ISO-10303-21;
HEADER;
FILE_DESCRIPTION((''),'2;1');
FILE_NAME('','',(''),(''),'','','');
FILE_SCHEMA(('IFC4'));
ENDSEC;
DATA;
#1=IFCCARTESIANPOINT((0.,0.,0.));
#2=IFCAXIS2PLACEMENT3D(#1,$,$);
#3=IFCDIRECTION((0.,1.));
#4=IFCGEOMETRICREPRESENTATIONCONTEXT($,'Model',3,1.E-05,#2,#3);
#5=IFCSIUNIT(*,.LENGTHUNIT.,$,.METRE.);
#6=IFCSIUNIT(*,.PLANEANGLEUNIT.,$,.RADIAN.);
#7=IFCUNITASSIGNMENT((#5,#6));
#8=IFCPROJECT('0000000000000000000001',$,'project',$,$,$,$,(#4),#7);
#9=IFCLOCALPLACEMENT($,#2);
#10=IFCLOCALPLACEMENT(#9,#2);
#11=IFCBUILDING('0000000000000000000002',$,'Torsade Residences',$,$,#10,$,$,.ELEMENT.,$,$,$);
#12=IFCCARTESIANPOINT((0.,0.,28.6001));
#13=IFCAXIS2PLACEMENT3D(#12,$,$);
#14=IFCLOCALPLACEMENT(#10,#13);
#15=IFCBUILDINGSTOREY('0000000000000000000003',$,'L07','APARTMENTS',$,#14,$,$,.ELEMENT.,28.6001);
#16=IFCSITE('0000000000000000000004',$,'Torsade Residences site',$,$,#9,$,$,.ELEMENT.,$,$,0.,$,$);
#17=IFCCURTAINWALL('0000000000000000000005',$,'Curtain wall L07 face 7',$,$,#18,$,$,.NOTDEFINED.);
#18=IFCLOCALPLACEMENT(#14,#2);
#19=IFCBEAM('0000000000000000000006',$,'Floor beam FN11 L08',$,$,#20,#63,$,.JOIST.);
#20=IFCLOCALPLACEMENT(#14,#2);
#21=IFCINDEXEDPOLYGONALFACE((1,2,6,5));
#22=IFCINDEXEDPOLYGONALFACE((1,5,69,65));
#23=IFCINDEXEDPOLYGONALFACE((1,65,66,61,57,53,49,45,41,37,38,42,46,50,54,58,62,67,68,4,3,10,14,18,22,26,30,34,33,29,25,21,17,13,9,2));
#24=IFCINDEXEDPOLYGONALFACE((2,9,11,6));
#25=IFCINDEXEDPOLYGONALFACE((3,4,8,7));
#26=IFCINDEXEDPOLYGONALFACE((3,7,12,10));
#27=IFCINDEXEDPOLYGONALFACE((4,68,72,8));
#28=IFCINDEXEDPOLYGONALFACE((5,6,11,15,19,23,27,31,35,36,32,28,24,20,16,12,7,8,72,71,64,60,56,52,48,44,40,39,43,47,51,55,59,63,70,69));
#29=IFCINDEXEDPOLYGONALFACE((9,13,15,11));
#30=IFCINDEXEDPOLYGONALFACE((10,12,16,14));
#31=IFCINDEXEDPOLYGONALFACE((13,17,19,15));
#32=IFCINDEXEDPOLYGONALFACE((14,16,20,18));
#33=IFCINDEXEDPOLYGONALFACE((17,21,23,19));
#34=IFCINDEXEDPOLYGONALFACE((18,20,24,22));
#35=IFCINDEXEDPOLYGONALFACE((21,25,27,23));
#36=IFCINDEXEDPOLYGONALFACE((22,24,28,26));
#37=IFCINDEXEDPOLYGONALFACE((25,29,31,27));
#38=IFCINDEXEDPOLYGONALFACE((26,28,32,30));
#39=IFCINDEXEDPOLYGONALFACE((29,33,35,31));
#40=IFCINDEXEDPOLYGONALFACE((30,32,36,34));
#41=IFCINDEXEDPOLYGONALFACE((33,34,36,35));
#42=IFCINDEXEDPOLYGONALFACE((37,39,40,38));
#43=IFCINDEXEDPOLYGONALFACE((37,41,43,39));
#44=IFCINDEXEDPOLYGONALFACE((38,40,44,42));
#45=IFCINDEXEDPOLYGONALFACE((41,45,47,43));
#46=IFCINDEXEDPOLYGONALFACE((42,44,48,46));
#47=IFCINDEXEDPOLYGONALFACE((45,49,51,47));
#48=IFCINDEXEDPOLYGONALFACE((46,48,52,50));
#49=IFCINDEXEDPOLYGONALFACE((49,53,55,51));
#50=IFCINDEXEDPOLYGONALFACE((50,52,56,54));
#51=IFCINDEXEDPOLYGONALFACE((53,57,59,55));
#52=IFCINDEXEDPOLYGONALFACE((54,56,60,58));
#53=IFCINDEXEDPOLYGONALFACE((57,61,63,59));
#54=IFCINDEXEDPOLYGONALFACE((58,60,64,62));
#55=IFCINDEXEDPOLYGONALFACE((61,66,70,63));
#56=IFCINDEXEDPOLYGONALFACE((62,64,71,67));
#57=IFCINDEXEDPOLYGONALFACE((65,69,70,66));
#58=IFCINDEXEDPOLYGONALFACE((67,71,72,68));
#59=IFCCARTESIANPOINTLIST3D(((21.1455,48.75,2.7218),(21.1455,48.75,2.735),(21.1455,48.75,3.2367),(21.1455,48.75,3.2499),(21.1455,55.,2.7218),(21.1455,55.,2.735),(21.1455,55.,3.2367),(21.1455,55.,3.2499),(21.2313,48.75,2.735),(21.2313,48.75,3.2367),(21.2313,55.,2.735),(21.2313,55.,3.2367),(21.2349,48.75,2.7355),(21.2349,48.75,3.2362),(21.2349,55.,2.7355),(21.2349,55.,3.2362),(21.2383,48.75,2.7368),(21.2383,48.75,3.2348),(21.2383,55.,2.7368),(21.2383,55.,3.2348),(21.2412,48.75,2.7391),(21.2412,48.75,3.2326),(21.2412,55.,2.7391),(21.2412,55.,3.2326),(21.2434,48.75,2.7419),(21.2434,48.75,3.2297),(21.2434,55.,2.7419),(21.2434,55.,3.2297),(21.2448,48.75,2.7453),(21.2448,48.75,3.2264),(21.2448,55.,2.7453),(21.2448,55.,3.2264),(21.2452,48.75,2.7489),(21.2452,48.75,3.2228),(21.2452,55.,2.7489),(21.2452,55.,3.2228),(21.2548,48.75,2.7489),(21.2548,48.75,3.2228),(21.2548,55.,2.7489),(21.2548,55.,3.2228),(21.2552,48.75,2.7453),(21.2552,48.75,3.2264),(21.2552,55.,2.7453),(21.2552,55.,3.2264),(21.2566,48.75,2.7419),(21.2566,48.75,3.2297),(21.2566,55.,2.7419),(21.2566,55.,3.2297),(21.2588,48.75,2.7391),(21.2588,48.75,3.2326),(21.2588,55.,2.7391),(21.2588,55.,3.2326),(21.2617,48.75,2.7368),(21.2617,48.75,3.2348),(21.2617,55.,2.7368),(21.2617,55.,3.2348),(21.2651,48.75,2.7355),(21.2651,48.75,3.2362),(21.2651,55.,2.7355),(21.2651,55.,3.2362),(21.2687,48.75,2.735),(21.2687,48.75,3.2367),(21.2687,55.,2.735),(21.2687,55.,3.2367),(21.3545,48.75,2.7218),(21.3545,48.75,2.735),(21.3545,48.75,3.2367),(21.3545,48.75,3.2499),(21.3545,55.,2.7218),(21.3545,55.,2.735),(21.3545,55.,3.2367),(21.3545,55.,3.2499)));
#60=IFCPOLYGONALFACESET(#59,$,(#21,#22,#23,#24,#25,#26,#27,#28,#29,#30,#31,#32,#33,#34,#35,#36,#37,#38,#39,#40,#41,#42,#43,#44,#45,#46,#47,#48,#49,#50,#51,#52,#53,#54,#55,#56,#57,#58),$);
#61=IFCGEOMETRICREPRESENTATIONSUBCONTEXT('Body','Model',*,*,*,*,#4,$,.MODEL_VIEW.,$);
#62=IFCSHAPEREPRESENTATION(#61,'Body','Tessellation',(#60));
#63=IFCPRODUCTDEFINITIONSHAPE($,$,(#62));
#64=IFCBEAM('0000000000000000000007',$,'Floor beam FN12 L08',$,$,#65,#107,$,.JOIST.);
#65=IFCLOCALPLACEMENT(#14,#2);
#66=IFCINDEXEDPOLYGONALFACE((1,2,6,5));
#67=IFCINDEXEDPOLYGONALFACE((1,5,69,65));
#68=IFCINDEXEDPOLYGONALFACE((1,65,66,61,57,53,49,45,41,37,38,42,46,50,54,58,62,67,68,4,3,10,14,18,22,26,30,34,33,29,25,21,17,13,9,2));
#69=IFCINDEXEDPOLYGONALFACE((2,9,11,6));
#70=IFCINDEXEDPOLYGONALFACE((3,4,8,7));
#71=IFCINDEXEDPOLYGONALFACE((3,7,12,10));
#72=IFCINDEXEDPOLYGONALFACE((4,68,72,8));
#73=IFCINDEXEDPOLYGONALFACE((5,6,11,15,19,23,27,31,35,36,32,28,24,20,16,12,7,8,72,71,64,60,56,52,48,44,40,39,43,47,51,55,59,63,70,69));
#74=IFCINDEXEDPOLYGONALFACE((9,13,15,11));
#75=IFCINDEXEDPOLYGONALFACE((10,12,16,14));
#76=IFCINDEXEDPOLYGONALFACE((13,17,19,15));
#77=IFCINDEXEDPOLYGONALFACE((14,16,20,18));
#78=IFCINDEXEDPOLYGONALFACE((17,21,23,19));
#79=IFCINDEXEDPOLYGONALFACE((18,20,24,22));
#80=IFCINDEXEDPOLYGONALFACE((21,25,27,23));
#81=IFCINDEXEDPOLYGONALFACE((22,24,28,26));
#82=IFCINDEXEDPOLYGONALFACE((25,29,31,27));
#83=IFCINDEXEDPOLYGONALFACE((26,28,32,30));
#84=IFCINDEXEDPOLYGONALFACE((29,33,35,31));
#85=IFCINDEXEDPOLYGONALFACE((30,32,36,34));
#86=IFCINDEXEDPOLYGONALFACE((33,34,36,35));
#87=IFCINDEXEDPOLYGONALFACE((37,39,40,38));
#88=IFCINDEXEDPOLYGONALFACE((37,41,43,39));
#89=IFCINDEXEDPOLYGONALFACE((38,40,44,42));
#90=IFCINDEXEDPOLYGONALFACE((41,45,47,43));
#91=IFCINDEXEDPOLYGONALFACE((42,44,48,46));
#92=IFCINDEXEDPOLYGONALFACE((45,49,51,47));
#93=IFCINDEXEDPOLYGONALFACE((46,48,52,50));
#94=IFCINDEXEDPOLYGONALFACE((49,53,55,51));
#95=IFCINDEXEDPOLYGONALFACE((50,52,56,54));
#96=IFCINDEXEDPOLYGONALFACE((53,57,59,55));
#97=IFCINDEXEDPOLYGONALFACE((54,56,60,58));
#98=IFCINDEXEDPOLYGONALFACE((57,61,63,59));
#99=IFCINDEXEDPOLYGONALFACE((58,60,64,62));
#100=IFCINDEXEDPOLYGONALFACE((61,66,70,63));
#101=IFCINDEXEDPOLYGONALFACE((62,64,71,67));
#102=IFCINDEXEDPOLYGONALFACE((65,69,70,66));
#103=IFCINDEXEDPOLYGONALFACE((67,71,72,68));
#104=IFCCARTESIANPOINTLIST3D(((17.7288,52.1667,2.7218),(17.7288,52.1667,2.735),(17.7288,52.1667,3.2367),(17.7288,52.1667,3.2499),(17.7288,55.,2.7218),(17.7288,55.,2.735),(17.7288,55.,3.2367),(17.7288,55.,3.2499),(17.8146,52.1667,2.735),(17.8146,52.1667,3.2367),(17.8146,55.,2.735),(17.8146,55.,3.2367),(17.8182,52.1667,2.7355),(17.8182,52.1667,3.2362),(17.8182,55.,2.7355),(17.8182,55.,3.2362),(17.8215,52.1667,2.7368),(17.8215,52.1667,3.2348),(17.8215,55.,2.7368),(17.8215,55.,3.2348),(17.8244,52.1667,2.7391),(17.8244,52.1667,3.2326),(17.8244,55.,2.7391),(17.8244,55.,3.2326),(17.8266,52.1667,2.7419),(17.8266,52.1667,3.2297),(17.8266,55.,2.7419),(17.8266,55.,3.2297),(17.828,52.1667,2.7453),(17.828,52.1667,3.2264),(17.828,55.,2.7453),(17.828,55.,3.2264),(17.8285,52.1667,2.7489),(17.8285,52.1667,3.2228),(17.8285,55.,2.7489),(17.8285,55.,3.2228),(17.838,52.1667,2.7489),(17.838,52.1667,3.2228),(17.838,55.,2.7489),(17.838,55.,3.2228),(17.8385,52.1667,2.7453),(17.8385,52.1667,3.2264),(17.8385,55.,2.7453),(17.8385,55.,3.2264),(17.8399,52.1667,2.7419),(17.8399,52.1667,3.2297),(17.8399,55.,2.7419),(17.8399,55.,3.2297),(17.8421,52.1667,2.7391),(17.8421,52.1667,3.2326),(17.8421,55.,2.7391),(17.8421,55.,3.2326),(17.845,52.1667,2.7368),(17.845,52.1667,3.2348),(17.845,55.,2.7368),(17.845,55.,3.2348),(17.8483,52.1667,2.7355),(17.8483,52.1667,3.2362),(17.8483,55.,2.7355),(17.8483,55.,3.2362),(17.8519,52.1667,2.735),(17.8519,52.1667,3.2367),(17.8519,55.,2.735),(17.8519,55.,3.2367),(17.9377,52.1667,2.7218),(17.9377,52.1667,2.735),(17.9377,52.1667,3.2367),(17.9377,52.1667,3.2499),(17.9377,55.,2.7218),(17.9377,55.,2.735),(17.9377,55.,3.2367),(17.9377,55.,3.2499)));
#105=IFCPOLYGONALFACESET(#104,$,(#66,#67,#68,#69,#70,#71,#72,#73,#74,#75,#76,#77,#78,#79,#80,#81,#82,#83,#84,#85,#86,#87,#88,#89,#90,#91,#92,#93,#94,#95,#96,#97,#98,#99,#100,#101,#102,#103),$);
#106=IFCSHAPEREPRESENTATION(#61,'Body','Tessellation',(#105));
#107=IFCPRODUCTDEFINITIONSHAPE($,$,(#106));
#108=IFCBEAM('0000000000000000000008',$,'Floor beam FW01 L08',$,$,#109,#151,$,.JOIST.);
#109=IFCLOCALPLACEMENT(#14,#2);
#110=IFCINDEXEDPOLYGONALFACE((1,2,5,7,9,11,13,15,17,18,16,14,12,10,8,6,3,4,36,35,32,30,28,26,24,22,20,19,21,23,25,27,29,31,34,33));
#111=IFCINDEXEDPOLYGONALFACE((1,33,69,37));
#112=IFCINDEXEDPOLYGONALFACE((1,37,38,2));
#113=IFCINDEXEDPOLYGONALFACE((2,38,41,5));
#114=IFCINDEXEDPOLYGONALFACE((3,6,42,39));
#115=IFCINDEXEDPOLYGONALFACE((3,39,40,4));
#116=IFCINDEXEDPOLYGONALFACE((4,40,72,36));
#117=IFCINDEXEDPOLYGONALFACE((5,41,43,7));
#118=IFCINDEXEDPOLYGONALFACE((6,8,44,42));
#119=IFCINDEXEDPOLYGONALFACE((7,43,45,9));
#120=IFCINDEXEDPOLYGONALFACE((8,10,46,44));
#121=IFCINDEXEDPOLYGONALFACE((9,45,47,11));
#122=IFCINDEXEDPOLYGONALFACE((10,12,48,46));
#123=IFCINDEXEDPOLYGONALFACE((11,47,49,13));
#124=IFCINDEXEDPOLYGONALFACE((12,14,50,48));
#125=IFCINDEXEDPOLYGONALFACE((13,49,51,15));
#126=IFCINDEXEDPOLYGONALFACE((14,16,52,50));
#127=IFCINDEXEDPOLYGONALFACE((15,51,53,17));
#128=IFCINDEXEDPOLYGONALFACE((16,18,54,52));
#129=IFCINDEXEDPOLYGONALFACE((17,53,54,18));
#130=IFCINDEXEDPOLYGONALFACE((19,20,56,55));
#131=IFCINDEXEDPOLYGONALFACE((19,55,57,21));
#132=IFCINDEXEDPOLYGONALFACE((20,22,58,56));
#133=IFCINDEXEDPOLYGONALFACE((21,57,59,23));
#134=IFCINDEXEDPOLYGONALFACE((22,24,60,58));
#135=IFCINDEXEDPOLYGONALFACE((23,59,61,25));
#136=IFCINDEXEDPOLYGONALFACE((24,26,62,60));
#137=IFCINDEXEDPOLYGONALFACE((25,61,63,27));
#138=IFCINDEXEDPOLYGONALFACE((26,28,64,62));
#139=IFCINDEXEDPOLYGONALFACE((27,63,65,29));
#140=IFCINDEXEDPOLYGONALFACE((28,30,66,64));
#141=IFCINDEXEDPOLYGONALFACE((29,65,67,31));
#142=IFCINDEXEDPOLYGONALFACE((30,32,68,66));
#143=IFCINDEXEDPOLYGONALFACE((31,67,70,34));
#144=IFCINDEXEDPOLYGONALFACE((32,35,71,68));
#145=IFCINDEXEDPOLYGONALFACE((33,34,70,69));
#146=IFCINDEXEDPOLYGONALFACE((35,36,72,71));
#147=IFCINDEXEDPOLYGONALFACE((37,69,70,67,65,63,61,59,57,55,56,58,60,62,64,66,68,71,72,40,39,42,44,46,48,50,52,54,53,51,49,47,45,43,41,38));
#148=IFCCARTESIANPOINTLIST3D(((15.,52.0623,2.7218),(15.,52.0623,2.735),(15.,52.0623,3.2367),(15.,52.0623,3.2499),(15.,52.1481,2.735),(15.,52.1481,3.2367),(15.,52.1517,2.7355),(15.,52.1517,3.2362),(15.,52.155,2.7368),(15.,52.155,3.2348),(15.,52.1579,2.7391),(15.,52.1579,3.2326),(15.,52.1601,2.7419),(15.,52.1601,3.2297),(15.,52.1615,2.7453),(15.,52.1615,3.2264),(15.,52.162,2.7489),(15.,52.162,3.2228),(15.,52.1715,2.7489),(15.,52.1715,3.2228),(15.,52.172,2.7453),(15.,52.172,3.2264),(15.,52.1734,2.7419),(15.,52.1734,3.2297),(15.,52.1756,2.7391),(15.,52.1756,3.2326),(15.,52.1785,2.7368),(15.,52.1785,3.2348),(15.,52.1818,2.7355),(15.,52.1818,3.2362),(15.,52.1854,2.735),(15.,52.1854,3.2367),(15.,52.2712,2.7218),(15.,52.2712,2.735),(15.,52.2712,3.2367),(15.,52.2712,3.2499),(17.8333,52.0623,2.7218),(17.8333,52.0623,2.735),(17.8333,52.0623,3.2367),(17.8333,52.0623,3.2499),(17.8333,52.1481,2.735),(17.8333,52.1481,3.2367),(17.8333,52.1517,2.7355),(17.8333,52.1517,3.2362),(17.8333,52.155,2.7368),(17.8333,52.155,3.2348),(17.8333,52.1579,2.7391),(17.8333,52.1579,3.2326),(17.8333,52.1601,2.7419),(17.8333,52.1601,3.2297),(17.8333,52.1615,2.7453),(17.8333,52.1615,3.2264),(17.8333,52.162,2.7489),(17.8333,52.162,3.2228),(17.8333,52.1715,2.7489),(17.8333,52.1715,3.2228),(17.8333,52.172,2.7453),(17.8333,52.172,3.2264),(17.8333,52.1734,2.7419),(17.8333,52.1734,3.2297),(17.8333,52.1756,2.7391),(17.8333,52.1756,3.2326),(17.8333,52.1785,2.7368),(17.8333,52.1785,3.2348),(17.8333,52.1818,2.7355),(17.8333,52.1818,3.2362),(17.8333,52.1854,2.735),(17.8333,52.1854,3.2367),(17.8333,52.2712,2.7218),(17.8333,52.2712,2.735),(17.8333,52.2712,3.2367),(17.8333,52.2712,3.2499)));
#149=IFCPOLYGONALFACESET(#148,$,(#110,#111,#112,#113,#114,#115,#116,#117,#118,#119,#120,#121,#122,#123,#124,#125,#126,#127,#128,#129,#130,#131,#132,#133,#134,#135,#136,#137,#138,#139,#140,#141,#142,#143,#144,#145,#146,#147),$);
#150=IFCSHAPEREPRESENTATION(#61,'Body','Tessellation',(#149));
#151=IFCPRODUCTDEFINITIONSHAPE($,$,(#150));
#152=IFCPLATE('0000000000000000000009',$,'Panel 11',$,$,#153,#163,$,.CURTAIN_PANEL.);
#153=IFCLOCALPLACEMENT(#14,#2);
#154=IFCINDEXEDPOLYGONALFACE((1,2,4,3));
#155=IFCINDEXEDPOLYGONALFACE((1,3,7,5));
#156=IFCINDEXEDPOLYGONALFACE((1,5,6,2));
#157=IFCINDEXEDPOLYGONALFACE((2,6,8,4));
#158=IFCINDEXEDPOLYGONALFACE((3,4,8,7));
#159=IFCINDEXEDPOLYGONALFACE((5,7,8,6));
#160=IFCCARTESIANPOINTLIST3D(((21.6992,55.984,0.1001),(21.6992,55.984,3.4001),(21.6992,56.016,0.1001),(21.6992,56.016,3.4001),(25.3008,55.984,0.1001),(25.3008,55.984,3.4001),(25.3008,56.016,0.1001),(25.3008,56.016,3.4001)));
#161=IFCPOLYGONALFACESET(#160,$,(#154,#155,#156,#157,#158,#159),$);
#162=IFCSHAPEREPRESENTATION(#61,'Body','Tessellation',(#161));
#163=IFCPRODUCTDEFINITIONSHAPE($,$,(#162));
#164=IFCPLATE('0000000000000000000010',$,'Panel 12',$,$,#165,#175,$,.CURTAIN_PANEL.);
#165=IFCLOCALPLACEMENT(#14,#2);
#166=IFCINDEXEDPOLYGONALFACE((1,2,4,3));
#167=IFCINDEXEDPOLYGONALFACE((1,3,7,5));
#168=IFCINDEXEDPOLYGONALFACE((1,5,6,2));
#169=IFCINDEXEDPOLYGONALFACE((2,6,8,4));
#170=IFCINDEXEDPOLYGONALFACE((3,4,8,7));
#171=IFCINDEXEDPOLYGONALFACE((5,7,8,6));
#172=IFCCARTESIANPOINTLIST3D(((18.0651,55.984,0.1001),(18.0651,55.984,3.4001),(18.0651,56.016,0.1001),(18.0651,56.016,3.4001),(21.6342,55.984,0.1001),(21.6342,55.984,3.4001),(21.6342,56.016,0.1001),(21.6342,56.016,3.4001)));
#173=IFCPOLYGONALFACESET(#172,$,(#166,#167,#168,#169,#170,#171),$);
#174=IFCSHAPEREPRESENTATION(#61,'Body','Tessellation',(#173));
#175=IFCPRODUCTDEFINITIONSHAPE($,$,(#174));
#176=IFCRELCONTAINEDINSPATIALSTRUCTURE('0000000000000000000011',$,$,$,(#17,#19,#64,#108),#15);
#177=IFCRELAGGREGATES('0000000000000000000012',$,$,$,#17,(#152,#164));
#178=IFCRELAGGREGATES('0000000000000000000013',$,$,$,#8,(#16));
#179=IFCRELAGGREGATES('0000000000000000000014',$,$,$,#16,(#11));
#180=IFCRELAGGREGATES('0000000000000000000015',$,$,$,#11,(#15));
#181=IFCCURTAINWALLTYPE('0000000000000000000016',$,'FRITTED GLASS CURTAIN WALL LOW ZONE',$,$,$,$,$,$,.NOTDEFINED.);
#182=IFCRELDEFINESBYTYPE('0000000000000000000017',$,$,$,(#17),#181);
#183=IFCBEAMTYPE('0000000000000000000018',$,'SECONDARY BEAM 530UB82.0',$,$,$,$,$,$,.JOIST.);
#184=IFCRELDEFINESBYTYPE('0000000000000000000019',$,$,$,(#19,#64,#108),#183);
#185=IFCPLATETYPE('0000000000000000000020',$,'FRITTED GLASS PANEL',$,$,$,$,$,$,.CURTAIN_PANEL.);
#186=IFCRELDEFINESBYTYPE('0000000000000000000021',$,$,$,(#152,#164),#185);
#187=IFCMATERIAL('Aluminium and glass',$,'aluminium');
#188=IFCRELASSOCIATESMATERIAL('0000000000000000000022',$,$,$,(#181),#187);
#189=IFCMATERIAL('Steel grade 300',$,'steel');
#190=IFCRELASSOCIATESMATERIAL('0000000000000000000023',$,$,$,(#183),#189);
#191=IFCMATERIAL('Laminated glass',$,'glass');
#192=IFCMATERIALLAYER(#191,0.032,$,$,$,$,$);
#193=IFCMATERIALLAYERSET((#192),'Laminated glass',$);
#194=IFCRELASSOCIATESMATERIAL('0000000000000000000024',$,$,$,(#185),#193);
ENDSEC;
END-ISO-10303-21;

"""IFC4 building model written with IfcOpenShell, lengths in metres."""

from ifc_helpers import new_model, si_unit, direction, frame, origin, origin_2d, place, context, subcontext, project, spatial, rectangle, i_section, extrude, material, layer, layer_set, material_profile, profile_set, type_object, element, aggregate, save


model = new_model("IFC4")

# Units and contexts
model_context = context("Model", 3, precision=1e-05, world=origin(), true_north=direction((0.0, 1.0)))
body_context = subcontext(model_context, "Body", "Model", "MODEL_VIEW")
ifc_project = project(units=[si_unit("LENGTHUNIT", "METRE"), si_unit("PLANEANGLEUNIT", "RADIAN")], contexts=[model_context])

# Site, building, storey
site_placement = place(None, origin())
site = spatial("IfcSite", under=ifc_project, at=site_placement, Name="Torsade Residences site", CompositionType="ELEMENT", RefElevation=0.0)
building_placement = place(site_placement, origin())
building = spatial("IfcBuilding", under=site, at=building_placement, Name="Torsade Residences", CompositionType="ELEMENT")
storey_placement = place(building_placement, frame((0.0, 0.0, 28.6001)))
storey = spatial("IfcBuildingStorey", under=building, at=storey_placement, Name="L07", Description="APARTMENTS", CompositionType="ELEMENT", Elevation=28.6001)

# Curtain wall
ifc_material_1 = material(Name="Aluminium and glass", Category="aluminium")
curtain_wall_type = type_object("IfcCurtainWallType", Name="FRITTED GLASS CURTAIN WALL LOW ZONE", PredefinedType="NOTDEFINED", material=ifc_material_1)
curtain_wall_placement = place(storey_placement, origin())
curtain_wall = element("IfcCurtainWall", 1, at=curtain_wall_placement, inside=storey, type_object=curtain_wall_type, Name="Curtain wall L07 face 7", PredefinedType="NOTDEFINED")

# Beams
ifc_material_2 = material(Name="Steel grade 300", Category="steel")
ifc_material_profile_1 = material_profile(ifc_material_2, i_section(OverallWidth=0.209, OverallDepth=0.5281, WebThickness=0.0095, FlangeThickness=0.0132, FilletRadius=0.0139, at=origin_2d()), Name="530UB82.0")
ifc_profile_set_1 = profile_set([ifc_material_profile_1], Name="Steel grade 300")
beam_type_1 = type_object("IfcBeamType", Name="SECONDARY BEAM 530UB82.0", PredefinedType="JOIST", material=ifc_profile_set_1)
beam_1_placement = place(storey_placement, frame((21.25, 55.0, 2.9858), z_axis=(0.0, -1.0, 0.0), x_axis=(1.0, 0.0, 0.0)))
element("IfcBeam", 2, at=beam_1_placement, inside=storey, type_object=beam_type_1, Name="Floor beam FN11 L08", PredefinedType="JOIST", context=body_context, shape_type="SweptSolid", body=[
    extrude(i_section(OverallWidth=0.209, OverallDepth=0.5281, WebThickness=0.0095, FlangeThickness=0.0132, FilletRadius=0.0139, at=origin_2d()), origin(), (0.0, 0.0, 1.0), 6.25),
])
for number, where, z_axis, x_axis, name in (
    (3, (17.8333, 55.0, 2.9858), (0.0, -1.0, 0.0), (1.0, 0.0, 0.0), "Floor beam FN12 L08"),
    (4, (15.0, 52.1667, 2.9858), (1.0, 0.0, 0.0), (0.0, 1.0, 0.0), "Floor beam FW01 L08"),
):
    element("IfcBeam", number, at=place(storey_placement, frame(where, z_axis=z_axis, x_axis=x_axis)), inside=storey, type_object=beam_type_1, Name=name, PredefinedType="JOIST", context=body_context, shape_type="SweptSolid", body=[
        extrude(i_section(OverallWidth=0.209, OverallDepth=0.5281, WebThickness=0.0095, FlangeThickness=0.0132, FilletRadius=0.0139, at=origin_2d()), origin(), (0.0, 0.0, 1.0), 2.8333),
    ])

# Plates
ifc_material_3 = material(Name="Laminated glass", Category="glass")
ifc_layer_1 = layer(ifc_material_3, 0.032)
ifc_layer_set_1 = layer_set([ifc_layer_1], Name="Laminated glass")
plate_type = type_object("IfcPlateType", Name="FRITTED GLASS PANEL", PredefinedType="CURTAIN_PANEL", material=ifc_layer_set_1)
plate_1_placement = place(storey_placement, frame((23.5, 56.0, 0.1001), z_axis=(0.0, 0.0, 1.0), x_axis=(-1.0, 0.0, 0.0)))
plate_1 = element("IfcPlate", 5, at=plate_1_placement, type_object=plate_type, Name="Panel 11", PredefinedType="CURTAIN_PANEL", context=body_context, shape_type="SweptSolid", body=[
    extrude(rectangle(XDim=3.6016, YDim=0.032, at=origin_2d()), origin(), (0.0, 0.0, 1.0), 3.3),
])
plate_2_placement = place(storey_placement, frame((19.8496, 56.0, 0.1001), z_axis=(0.0, 0.0, 1.0), x_axis=(-1.0, 0.0, 0.0)))
plate_2 = element("IfcPlate", 6, at=plate_2_placement, type_object=plate_type, Name="Panel 12", PredefinedType="CURTAIN_PANEL", context=body_context, shape_type="SweptSolid", body=[
    extrude(rectangle(XDim=3.5691, YDim=0.032, at=origin_2d()), origin(), (0.0, 0.0, 1.0), 3.3),
])
aggregate(curtain_wall, [plate_1, plate_2])

save(model, "model.ifc")
